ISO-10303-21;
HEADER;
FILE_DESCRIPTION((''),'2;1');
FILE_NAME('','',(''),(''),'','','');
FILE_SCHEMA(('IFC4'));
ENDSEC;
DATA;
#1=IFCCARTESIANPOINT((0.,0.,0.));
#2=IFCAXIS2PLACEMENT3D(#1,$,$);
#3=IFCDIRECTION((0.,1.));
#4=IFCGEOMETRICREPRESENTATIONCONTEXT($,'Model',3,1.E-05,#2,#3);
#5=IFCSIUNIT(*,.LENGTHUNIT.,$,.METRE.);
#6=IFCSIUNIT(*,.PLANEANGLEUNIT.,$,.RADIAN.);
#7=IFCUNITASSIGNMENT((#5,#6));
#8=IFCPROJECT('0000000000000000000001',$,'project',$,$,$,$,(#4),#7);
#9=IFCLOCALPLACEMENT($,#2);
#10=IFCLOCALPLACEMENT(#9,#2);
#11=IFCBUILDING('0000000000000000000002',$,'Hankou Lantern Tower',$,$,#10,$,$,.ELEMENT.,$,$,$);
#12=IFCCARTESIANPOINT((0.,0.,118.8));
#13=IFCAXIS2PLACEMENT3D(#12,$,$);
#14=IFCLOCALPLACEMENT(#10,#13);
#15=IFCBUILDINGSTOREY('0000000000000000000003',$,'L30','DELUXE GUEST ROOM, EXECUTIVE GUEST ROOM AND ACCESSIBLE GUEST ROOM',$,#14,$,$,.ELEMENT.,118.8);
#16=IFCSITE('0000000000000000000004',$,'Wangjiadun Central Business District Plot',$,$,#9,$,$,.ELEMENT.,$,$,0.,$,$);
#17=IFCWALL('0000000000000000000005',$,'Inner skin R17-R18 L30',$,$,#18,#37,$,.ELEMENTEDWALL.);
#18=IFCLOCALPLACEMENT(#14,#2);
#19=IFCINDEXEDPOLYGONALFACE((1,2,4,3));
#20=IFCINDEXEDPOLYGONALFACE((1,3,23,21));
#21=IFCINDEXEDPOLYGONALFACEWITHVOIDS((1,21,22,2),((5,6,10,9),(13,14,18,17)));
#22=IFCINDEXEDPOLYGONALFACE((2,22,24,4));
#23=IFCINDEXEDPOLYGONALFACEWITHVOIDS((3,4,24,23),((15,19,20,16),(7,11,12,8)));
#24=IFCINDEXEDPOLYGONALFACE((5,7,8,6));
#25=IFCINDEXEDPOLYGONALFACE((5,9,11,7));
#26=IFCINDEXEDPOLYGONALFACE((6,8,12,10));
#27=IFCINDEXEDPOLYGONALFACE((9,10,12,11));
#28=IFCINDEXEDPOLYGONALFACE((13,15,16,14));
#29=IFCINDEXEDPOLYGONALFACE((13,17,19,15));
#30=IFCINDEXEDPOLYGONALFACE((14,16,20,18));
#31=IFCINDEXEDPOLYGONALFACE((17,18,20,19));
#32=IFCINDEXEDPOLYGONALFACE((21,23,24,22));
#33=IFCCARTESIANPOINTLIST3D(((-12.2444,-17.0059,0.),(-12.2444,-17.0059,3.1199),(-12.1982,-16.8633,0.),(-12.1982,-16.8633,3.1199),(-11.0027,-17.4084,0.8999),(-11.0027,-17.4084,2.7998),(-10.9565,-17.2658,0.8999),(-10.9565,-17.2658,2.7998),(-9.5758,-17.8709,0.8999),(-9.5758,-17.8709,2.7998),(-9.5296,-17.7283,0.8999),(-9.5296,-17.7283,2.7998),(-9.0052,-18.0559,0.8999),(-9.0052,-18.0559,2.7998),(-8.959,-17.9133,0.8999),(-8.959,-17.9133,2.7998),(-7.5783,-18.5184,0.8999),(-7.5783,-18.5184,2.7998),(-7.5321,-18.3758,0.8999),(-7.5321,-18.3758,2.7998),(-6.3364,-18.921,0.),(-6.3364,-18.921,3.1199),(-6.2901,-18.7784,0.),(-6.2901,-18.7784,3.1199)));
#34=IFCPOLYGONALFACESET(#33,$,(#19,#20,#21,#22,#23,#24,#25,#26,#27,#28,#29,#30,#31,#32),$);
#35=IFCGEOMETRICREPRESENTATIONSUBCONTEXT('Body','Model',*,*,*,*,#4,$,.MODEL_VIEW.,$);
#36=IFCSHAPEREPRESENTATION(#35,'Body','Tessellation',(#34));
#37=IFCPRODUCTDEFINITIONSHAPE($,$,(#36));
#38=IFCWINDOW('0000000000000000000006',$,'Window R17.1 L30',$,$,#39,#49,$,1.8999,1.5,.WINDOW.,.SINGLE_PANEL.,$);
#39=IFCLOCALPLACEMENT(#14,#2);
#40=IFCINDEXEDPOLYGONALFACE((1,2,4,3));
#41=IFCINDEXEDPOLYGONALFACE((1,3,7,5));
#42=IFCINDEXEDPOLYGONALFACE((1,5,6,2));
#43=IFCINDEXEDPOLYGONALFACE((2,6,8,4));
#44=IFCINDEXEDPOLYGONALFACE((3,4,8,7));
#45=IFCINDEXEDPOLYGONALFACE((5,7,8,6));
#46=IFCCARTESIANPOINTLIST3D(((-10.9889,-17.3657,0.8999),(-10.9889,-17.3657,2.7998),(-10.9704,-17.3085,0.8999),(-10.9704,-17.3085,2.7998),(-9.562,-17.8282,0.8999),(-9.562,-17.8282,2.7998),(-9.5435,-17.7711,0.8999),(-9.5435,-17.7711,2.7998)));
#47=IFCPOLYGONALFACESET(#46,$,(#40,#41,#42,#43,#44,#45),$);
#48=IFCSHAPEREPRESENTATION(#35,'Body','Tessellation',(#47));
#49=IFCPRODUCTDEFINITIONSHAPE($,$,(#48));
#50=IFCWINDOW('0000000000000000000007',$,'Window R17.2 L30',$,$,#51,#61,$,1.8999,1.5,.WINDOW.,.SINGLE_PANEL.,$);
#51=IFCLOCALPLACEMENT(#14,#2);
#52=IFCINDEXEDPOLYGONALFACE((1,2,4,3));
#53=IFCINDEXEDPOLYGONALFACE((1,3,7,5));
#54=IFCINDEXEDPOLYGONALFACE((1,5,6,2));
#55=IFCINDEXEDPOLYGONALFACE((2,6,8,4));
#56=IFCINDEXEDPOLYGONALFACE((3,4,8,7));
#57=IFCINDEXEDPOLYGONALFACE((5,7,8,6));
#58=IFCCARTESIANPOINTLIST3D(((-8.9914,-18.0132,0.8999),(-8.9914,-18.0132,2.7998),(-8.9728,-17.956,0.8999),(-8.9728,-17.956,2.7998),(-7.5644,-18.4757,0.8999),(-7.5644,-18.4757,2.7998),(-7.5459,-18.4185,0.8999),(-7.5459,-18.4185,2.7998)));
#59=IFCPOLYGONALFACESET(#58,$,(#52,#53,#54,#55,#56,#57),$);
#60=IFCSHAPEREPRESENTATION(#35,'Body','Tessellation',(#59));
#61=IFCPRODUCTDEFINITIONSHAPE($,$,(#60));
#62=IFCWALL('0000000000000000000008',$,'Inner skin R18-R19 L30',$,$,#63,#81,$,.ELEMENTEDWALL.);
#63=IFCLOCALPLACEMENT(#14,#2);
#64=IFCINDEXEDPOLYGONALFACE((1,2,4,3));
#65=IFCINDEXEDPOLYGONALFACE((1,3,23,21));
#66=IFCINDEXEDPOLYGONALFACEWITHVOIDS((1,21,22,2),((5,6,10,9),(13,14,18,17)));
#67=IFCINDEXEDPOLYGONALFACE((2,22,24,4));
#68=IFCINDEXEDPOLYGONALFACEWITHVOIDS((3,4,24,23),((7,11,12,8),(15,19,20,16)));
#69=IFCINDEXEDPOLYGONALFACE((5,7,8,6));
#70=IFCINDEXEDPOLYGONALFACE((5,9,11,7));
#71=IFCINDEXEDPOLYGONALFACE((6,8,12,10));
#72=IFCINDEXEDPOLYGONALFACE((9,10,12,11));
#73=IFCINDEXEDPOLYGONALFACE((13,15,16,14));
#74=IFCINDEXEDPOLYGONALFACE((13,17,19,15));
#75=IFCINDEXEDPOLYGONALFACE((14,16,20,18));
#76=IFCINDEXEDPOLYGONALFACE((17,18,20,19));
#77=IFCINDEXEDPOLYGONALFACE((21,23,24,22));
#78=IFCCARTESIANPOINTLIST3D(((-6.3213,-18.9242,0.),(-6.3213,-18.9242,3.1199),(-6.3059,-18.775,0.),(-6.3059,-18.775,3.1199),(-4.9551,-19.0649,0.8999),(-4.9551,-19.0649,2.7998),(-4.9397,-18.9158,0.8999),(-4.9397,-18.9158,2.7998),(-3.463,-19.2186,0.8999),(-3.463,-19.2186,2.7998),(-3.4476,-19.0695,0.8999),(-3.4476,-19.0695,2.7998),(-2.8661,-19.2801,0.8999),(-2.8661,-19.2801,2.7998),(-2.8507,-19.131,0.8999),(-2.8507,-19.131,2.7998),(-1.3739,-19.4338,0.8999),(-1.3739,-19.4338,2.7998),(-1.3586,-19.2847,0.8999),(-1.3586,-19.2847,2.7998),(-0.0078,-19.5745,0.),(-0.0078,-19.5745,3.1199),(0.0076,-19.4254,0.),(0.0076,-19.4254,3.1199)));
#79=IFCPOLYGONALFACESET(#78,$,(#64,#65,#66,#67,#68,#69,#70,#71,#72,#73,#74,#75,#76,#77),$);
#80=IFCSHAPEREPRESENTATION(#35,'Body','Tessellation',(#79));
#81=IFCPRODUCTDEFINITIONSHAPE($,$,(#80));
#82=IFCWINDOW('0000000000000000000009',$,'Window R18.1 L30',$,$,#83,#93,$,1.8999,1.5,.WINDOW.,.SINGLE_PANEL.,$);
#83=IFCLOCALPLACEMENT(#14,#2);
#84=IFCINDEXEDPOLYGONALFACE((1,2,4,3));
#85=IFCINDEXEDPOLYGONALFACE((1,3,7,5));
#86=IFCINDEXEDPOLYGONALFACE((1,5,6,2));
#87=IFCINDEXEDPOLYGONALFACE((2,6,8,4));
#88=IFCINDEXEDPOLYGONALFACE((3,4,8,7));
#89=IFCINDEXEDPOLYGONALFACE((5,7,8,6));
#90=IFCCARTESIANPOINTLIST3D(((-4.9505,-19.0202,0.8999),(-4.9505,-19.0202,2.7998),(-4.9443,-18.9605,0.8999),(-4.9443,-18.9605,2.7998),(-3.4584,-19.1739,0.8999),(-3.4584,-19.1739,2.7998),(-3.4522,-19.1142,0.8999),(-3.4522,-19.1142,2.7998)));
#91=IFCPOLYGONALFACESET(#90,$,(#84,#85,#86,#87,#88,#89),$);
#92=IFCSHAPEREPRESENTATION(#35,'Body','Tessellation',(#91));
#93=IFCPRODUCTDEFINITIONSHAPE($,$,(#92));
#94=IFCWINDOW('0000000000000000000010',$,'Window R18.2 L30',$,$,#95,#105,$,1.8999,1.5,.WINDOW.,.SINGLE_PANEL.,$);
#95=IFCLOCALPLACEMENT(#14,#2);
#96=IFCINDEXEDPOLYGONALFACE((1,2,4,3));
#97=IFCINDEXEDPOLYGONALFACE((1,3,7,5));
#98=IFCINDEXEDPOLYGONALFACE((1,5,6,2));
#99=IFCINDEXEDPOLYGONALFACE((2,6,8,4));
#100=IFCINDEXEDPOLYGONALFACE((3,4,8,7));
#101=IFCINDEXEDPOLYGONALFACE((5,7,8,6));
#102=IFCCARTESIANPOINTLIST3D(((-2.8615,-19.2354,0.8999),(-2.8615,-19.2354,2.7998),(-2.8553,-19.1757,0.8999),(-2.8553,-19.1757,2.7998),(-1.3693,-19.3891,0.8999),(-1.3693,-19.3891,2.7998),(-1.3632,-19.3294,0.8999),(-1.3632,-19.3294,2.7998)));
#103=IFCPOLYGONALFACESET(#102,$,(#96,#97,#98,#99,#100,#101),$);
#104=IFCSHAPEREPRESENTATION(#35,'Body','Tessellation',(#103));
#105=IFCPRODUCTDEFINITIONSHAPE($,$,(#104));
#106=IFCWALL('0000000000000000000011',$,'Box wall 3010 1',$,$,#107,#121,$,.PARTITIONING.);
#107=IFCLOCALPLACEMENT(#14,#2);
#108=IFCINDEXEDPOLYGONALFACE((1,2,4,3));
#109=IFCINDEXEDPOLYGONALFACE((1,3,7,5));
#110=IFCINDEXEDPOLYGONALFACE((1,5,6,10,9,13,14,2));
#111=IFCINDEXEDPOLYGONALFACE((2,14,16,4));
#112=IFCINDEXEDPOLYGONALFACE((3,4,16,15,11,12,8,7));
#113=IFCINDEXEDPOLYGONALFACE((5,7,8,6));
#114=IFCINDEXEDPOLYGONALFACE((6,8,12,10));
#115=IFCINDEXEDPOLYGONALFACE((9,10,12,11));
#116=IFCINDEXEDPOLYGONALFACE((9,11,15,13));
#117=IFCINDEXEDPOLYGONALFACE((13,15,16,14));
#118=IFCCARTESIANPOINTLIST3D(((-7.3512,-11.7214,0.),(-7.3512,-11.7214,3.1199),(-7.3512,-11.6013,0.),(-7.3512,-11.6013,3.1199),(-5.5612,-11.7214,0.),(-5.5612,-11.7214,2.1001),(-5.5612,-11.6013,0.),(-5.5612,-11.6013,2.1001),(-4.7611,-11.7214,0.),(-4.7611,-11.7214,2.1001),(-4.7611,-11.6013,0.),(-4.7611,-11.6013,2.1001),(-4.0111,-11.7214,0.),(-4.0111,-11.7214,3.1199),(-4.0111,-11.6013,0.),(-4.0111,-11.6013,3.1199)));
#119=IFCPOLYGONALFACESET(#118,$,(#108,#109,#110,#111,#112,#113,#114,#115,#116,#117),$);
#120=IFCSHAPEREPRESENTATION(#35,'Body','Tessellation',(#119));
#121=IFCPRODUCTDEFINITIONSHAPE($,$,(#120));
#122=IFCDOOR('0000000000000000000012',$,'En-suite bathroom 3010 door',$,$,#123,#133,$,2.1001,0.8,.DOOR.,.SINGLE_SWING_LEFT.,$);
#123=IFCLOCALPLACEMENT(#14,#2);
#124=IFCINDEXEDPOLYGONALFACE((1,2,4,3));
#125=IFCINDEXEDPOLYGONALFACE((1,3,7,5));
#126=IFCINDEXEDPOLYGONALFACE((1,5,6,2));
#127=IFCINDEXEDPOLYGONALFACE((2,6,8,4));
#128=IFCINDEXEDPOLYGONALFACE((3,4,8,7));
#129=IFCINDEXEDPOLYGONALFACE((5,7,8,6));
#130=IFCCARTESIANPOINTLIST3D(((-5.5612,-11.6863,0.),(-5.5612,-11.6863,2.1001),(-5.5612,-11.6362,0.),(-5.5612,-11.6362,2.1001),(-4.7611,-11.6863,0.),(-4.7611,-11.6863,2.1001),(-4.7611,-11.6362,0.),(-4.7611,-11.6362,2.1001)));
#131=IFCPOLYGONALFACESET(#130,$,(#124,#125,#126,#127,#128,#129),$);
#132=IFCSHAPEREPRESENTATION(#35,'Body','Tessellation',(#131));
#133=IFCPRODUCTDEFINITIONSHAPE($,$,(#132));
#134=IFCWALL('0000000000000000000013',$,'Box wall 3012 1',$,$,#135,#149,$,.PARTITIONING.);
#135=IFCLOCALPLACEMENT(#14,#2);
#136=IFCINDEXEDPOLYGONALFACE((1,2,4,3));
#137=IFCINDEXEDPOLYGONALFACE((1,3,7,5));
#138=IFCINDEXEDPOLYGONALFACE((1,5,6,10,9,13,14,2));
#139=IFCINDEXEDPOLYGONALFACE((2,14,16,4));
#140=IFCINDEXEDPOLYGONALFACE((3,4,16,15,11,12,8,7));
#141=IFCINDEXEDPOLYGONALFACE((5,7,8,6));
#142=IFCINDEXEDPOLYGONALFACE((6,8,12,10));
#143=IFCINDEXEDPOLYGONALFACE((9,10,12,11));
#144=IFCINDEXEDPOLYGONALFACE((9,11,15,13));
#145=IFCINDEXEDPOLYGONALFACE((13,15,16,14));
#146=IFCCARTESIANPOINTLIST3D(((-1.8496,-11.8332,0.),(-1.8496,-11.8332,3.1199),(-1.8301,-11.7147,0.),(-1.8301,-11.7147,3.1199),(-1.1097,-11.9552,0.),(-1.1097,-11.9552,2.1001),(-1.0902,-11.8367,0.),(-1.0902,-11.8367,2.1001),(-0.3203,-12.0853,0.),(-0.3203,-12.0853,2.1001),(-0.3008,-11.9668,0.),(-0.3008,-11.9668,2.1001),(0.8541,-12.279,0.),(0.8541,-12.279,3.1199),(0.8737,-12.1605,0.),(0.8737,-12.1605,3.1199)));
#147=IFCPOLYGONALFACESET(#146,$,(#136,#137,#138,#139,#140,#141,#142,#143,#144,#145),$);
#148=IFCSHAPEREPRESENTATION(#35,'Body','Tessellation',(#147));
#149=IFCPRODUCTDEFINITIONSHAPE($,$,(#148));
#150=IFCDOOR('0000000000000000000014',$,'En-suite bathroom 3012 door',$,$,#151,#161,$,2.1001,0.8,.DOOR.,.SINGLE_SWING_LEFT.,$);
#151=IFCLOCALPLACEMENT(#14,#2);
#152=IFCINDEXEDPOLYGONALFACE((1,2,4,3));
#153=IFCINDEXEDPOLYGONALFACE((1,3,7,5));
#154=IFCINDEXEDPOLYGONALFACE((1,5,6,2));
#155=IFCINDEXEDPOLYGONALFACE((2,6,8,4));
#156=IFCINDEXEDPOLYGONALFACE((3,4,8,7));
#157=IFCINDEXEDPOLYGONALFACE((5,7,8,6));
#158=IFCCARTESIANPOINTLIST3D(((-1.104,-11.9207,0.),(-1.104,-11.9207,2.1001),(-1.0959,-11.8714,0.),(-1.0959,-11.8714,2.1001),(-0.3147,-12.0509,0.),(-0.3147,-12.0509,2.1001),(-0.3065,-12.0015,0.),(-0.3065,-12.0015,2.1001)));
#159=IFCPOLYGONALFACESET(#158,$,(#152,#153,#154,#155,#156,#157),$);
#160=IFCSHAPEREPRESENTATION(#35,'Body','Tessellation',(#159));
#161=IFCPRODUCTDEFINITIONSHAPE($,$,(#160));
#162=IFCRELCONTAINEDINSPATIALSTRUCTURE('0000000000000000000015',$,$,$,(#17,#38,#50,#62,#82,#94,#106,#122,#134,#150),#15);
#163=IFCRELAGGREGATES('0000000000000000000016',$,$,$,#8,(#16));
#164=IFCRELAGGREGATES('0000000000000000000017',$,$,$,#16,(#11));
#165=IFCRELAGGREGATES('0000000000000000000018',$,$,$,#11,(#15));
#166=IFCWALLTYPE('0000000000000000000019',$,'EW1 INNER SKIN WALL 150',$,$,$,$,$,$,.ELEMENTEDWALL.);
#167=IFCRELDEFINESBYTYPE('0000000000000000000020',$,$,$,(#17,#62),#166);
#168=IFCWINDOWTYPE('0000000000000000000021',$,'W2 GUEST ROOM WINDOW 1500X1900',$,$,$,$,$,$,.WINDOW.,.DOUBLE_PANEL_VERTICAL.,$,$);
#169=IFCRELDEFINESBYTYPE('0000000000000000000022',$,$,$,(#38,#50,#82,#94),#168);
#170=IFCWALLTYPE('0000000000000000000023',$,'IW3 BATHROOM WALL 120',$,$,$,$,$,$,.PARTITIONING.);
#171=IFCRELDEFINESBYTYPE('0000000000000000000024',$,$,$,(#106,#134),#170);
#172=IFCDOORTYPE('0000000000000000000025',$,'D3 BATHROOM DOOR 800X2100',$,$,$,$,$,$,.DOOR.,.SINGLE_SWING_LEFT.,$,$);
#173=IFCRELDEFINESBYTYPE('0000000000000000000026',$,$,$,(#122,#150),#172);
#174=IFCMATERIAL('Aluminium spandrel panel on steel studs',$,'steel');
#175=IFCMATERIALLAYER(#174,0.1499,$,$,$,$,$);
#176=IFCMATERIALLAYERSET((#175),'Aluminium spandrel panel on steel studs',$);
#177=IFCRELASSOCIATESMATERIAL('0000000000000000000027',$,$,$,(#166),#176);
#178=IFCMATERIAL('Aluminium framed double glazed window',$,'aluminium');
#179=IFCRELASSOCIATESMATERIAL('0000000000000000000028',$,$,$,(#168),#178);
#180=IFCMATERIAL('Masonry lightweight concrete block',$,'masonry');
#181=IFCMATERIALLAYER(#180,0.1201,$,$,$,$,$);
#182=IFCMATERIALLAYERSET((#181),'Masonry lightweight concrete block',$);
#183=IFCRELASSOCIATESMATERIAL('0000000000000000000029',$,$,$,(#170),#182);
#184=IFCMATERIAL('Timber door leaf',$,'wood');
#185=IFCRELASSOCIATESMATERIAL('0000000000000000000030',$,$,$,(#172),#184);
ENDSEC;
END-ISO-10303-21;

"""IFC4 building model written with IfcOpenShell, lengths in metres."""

from ifc_helpers import new_model, si_unit, direction, frame, frame_2d, origin, place, context, subcontext, project, spatial, rectangle, extrude, material, layer, layer_set, type_object, element, fill, save


model = new_model("IFC4")

# Units and contexts
model_context = context("Model", 3, precision=1e-05, world=origin(), true_north=direction((0.0, 1.0)))
body_context = subcontext(model_context, "Body", "Model", "MODEL_VIEW")
ifc_project = project(units=[si_unit("LENGTHUNIT", "METRE"), si_unit("PLANEANGLEUNIT", "RADIAN")], contexts=[model_context])

# Site, building, storey
site_placement = place(None, origin())
site = spatial("IfcSite", under=ifc_project, at=site_placement, Name="Wangjiadun Central Business District Plot", CompositionType="ELEMENT", RefElevation=0.0)
building_placement = place(site_placement, origin())
building = spatial("IfcBuilding", under=site, at=building_placement, Name="Hankou Lantern Tower", CompositionType="ELEMENT")
storey_placement = place(building_placement, frame((0.0, 0.0, 118.8)))
storey = spatial("IfcBuildingStorey", under=building, at=storey_placement, Name="L30", Description="DELUXE GUEST ROOM, EXECUTIVE GUEST ROOM AND ACCESSIBLE GUEST ROOM", CompositionType="ELEMENT", Elevation=118.8)

# Walls, openings, windows
ifc_material_1 = material(Name="Aluminium spandrel panel on steel studs", Category="steel")
ifc_layer_1 = layer(ifc_material_1, 0.1499)
ifc_layer_set_1 = layer_set([ifc_layer_1], Name="Aluminium spandrel panel on steel studs")
wall_type_1 = type_object("IfcWallType", Name="EW1 INNER SKIN WALL 150", PredefinedType="ELEMENTEDWALL", material=ifc_layer_set_1)
wall_1_placement = place(storey_placement, frame((-12.2214, -16.9346, 0.0), z_axis=(0.0, 0.0, 1.0), x_axis=(0.951273, -0.308351, 0.0)))
wall_1 = element("IfcWall", 1, at=wall_1_placement, inside=storey, type_object=wall_type_1, Name="Inner skin R17-R18 L30", PredefinedType="ELEMENTEDWALL", context=body_context, shape_type="SweptSolid", body=[
    extrude(rectangle(XDim=6.2107, YDim=0.1499, at=frame_2d((3.1055, 0.0))), origin(), (0.0, 0.0, 1.0), 3.1199),
])
opening_1_placement = place(wall_1_placement, frame((1.3054, 0.0, 0.8999)))
opening_1 = element("IfcOpeningElement", 2, at=opening_1_placement, cuts=wall_1, PredefinedType="OPENING", context=body_context, shape_type="SweptSolid", body=[
    extrude(rectangle(XDim=1.5, YDim=1.8999, at=frame_2d((0.75, 0.95))), frame((0.0, 0.085, 0.0), z_axis=(0.0, -1.0, 0.0), x_axis=(1.0, 0.0, 0.0)), (0.0, 0.0, 1.0), 0.1699),
])
opening_2_placement = place(wall_1_placement, frame((3.4053, 0.0, 0.8999)))
opening_2 = element("IfcOpeningElement", 3, at=opening_2_placement, cuts=wall_1, PredefinedType="OPENING", context=body_context, shape_type="SweptSolid", body=[
    extrude(rectangle(XDim=1.5, YDim=1.8999, at=frame_2d((0.75, 0.95))), frame((0.0, 0.085, 0.0), z_axis=(0.0, -1.0, 0.0), x_axis=(1.0, 0.0, 0.0)), (0.0, 0.0, 1.0), 0.1699),
])
ifc_material_2 = material(Name="Aluminium framed double glazed window", Category="aluminium")
window_type = type_object("IfcWindowType", Name="W2 GUEST ROOM WINDOW 1500X1900", PartitioningType="DOUBLE_PANEL_VERTICAL", PredefinedType="WINDOW", material=ifc_material_2)
window_1_placement = place(opening_1_placement, origin())
window_1 = element("IfcWindow", 4, at=window_1_placement, inside=storey, type_object=window_type, Name="Window R17.1 L30", OverallHeight=1.8999, OverallWidth=1.5, PartitioningType="SINGLE_PANEL", PredefinedType="WINDOW", context=body_context, shape_type="SweptSolid", body=[
    extrude(rectangle(XDim=1.5, YDim=1.8999, at=frame_2d((0.75, 0.95))), frame((0.0, 0.03, 0.0), z_axis=(0.0, -1.0, 0.0), x_axis=(1.0, 0.0, 0.0)), (0.0, 0.0, 1.0), 0.0601),
])
fill(opening_1, window_1)
window_2_placement = place(opening_2_placement, origin())
window_2 = element("IfcWindow", 5, at=window_2_placement, inside=storey, type_object=window_type, Name="Window R17.2 L30", OverallHeight=1.8999, OverallWidth=1.5, PartitioningType="SINGLE_PANEL", PredefinedType="WINDOW", context=body_context, shape_type="SweptSolid", body=[
    extrude(rectangle(XDim=1.5, YDim=1.8999, at=frame_2d((0.75, 0.95))), frame((0.0, 0.03, 0.0), z_axis=(0.0, -1.0, 0.0), x_axis=(1.0, 0.0, 0.0)), (0.0, 0.0, 1.0), 0.0601),
])
fill(opening_2, window_2)
wall_2_placement = place(storey_placement, frame((-6.3135, -18.8496, 0.0), z_axis=(0.0, 0.0, 1.0), x_axis=(0.994736, -0.102474, 0.0)))
wall_2 = element("IfcWall", 6, at=wall_2_placement, inside=storey, type_object=wall_type_1, Name="Inner skin R18-R19 L30", PredefinedType="ELEMENTEDWALL", context=body_context, shape_type="SweptSolid", body=[
    extrude(rectangle(XDim=6.3469, YDim=0.1499, at=frame_2d((3.1733, 0.0))), origin(), (0.0, 0.0, 1.0), 3.1199),
])
opening_3_placement = place(wall_2_placement, frame((1.3733, 0.0, 0.8999)))
opening_3 = element("IfcOpeningElement", 7, at=opening_3_placement, cuts=wall_2, PredefinedType="OPENING", context=body_context, shape_type="SweptSolid", body=[
    extrude(rectangle(XDim=1.5, YDim=1.8999, at=frame_2d((0.75, 0.95))), frame((0.0, 0.085, 0.0), z_axis=(0.0, -1.0, 0.0), x_axis=(1.0, 0.0, 0.0)), (0.0, 0.0, 1.0), 0.1699),
])
opening_4_placement = place(wall_2_placement, frame((3.4734, 0.0, 0.8999)))
opening_4 = element("IfcOpeningElement", 8, at=opening_4_placement, cuts=wall_2, PredefinedType="OPENING", context=body_context, shape_type="SweptSolid", body=[
    extrude(rectangle(XDim=1.5, YDim=1.8999, at=frame_2d((0.75, 0.95))), frame((0.0, 0.085, 0.0), z_axis=(0.0, -1.0, 0.0), x_axis=(1.0, 0.0, 0.0)), (0.0, 0.0, 1.0), 0.1699),
])
window_3_placement = place(opening_3_placement, origin())
window_3 = element("IfcWindow", 9, at=window_3_placement, inside=storey, type_object=window_type, Name="Window R18.1 L30", OverallHeight=1.8999, OverallWidth=1.5, PartitioningType="SINGLE_PANEL", PredefinedType="WINDOW", context=body_context, shape_type="SweptSolid", body=[
    extrude(rectangle(XDim=1.5, YDim=1.8999, at=frame_2d((0.75, 0.95))), frame((0.0, 0.03, 0.0), z_axis=(0.0, -1.0, 0.0), x_axis=(1.0, 0.0, 0.0)), (0.0, 0.0, 1.0), 0.0601),
])
fill(opening_3, window_3)
window_4_placement = place(opening_4_placement, origin())
window_4 = element("IfcWindow", 10, at=window_4_placement, inside=storey, type_object=window_type, Name="Window R18.2 L30", OverallHeight=1.8999, OverallWidth=1.5, PartitioningType="SINGLE_PANEL", PredefinedType="WINDOW", context=body_context, shape_type="SweptSolid", body=[
    extrude(rectangle(XDim=1.5, YDim=1.8999, at=frame_2d((0.75, 0.95))), frame((0.0, 0.03, 0.0), z_axis=(0.0, -1.0, 0.0), x_axis=(1.0, 0.0, 0.0)), (0.0, 0.0, 1.0), 0.0601),
])
fill(opening_4, window_4)

# Walls, openings, doors
ifc_material_3 = material(Name="Masonry lightweight concrete block", Category="masonry")
ifc_layer_2 = layer(ifc_material_3, 0.1201)
ifc_layer_set_2 = layer_set([ifc_layer_2], Name="Masonry lightweight concrete block")
wall_type_2 = type_object("IfcWallType", Name="IW3 BATHROOM WALL 120", PredefinedType="PARTITIONING", material=ifc_layer_set_2)
wall_3_placement = place(storey_placement, frame((-4.0112, -11.6614, 0.0), z_axis=(0.0, 0.0, 1.0), x_axis=(-1.0, 0.0, 0.0)))
wall_3 = element("IfcWall", 11, at=wall_3_placement, inside=storey, type_object=wall_type_2, Name="Box wall 3010 1", PredefinedType="PARTITIONING", context=body_context, shape_type="SweptSolid", body=[
    extrude(rectangle(XDim=3.3401, YDim=0.1201, at=frame_2d((1.6699, 0.0))), origin(), (0.0, 0.0, 1.0), 3.1199),
])
opening_5_placement = place(wall_3_placement, frame((0.75, 0.0, 0.0)))
opening_5 = element("IfcOpeningElement", 12, at=opening_5_placement, cuts=wall_3, PredefinedType="OPENING", context=body_context, shape_type="SweptSolid", body=[
    extrude(rectangle(XDim=0.8, YDim=2.1001, at=frame_2d((0.3999, 1.05))), frame((0.0, 0.0701, 0.0), z_axis=(0.0, -1.0, 0.0), x_axis=(1.0, 0.0, 0.0)), (0.0, 0.0, 1.0), 0.1401),
])
ifc_material_4 = material(Name="Timber door leaf", Category="wood")
door_type = type_object("IfcDoorType", Name="D3 BATHROOM DOOR 800X2100", OperationType="SINGLE_SWING_LEFT", PredefinedType="DOOR", material=ifc_material_4)
door_1_placement = place(opening_5_placement, origin())
door_1 = element("IfcDoor", 13, at=door_1_placement, inside=storey, type_object=door_type, Name="En-suite bathroom 3010 door", OperationType="SINGLE_SWING_LEFT", OverallHeight=2.1001, OverallWidth=0.8, PredefinedType="DOOR", context=body_context, shape_type="SweptSolid", body=[
    extrude(rectangle(XDim=0.8, YDim=2.1001, at=frame_2d((0.3999, 1.05))), frame((0.0, 0.0249, 0.0), z_axis=(0.0, -1.0, 0.0), x_axis=(1.0, 0.0, 0.0)), (0.0, 0.0, 1.0), 0.05),
])
fill(opening_5, door_1)
wall_4_placement = place(storey_placement, frame((-1.8398, -11.7739, 0.0), z_axis=(0.0, 0.0, 1.0), x_axis=(0.986677, -0.162694, 0.0)))
wall_4 = element("IfcWall", 14, at=wall_4_placement, inside=storey, type_object=wall_type_2, Name="Box wall 3012 1", PredefinedType="PARTITIONING", context=body_context, shape_type="SweptSolid", body=[
    extrude(rectangle(XDim=2.7402, YDim=0.1201, at=frame_2d((1.3701, 0.0))), origin(), (0.0, 0.0, 1.0), 3.1199),
])
opening_6_placement = place(wall_4_placement, frame((0.75, 0.0, 0.0)))
opening_6 = element("IfcOpeningElement", 15, at=opening_6_placement, cuts=wall_4, PredefinedType="OPENING", context=body_context, shape_type="SweptSolid", body=[
    extrude(rectangle(XDim=0.8, YDim=2.1001, at=frame_2d((0.3999, 1.05))), frame((0.0, 0.0701, 0.0), z_axis=(0.0, -1.0, 0.0), x_axis=(1.0, 0.0, 0.0)), (0.0, 0.0, 1.0), 0.1401),
])
door_2_placement = place(opening_6_placement, origin())
door_2 = element("IfcDoor", 16, at=door_2_placement, inside=storey, type_object=door_type, Name="En-suite bathroom 3012 door", OperationType="SINGLE_SWING_LEFT", OverallHeight=2.1001, OverallWidth=0.8, PredefinedType="DOOR", context=body_context, shape_type="SweptSolid", body=[
    extrude(rectangle(XDim=0.8, YDim=2.1001, at=frame_2d((0.3999, 1.05))), frame((0.0, 0.0249, 0.0), z_axis=(0.0, -1.0, 0.0), x_axis=(1.0, 0.0, 0.0)), (0.0, 0.0, 1.0), 0.05),
])
fill(opening_6, door_2)

save(model, "model.ifc")
